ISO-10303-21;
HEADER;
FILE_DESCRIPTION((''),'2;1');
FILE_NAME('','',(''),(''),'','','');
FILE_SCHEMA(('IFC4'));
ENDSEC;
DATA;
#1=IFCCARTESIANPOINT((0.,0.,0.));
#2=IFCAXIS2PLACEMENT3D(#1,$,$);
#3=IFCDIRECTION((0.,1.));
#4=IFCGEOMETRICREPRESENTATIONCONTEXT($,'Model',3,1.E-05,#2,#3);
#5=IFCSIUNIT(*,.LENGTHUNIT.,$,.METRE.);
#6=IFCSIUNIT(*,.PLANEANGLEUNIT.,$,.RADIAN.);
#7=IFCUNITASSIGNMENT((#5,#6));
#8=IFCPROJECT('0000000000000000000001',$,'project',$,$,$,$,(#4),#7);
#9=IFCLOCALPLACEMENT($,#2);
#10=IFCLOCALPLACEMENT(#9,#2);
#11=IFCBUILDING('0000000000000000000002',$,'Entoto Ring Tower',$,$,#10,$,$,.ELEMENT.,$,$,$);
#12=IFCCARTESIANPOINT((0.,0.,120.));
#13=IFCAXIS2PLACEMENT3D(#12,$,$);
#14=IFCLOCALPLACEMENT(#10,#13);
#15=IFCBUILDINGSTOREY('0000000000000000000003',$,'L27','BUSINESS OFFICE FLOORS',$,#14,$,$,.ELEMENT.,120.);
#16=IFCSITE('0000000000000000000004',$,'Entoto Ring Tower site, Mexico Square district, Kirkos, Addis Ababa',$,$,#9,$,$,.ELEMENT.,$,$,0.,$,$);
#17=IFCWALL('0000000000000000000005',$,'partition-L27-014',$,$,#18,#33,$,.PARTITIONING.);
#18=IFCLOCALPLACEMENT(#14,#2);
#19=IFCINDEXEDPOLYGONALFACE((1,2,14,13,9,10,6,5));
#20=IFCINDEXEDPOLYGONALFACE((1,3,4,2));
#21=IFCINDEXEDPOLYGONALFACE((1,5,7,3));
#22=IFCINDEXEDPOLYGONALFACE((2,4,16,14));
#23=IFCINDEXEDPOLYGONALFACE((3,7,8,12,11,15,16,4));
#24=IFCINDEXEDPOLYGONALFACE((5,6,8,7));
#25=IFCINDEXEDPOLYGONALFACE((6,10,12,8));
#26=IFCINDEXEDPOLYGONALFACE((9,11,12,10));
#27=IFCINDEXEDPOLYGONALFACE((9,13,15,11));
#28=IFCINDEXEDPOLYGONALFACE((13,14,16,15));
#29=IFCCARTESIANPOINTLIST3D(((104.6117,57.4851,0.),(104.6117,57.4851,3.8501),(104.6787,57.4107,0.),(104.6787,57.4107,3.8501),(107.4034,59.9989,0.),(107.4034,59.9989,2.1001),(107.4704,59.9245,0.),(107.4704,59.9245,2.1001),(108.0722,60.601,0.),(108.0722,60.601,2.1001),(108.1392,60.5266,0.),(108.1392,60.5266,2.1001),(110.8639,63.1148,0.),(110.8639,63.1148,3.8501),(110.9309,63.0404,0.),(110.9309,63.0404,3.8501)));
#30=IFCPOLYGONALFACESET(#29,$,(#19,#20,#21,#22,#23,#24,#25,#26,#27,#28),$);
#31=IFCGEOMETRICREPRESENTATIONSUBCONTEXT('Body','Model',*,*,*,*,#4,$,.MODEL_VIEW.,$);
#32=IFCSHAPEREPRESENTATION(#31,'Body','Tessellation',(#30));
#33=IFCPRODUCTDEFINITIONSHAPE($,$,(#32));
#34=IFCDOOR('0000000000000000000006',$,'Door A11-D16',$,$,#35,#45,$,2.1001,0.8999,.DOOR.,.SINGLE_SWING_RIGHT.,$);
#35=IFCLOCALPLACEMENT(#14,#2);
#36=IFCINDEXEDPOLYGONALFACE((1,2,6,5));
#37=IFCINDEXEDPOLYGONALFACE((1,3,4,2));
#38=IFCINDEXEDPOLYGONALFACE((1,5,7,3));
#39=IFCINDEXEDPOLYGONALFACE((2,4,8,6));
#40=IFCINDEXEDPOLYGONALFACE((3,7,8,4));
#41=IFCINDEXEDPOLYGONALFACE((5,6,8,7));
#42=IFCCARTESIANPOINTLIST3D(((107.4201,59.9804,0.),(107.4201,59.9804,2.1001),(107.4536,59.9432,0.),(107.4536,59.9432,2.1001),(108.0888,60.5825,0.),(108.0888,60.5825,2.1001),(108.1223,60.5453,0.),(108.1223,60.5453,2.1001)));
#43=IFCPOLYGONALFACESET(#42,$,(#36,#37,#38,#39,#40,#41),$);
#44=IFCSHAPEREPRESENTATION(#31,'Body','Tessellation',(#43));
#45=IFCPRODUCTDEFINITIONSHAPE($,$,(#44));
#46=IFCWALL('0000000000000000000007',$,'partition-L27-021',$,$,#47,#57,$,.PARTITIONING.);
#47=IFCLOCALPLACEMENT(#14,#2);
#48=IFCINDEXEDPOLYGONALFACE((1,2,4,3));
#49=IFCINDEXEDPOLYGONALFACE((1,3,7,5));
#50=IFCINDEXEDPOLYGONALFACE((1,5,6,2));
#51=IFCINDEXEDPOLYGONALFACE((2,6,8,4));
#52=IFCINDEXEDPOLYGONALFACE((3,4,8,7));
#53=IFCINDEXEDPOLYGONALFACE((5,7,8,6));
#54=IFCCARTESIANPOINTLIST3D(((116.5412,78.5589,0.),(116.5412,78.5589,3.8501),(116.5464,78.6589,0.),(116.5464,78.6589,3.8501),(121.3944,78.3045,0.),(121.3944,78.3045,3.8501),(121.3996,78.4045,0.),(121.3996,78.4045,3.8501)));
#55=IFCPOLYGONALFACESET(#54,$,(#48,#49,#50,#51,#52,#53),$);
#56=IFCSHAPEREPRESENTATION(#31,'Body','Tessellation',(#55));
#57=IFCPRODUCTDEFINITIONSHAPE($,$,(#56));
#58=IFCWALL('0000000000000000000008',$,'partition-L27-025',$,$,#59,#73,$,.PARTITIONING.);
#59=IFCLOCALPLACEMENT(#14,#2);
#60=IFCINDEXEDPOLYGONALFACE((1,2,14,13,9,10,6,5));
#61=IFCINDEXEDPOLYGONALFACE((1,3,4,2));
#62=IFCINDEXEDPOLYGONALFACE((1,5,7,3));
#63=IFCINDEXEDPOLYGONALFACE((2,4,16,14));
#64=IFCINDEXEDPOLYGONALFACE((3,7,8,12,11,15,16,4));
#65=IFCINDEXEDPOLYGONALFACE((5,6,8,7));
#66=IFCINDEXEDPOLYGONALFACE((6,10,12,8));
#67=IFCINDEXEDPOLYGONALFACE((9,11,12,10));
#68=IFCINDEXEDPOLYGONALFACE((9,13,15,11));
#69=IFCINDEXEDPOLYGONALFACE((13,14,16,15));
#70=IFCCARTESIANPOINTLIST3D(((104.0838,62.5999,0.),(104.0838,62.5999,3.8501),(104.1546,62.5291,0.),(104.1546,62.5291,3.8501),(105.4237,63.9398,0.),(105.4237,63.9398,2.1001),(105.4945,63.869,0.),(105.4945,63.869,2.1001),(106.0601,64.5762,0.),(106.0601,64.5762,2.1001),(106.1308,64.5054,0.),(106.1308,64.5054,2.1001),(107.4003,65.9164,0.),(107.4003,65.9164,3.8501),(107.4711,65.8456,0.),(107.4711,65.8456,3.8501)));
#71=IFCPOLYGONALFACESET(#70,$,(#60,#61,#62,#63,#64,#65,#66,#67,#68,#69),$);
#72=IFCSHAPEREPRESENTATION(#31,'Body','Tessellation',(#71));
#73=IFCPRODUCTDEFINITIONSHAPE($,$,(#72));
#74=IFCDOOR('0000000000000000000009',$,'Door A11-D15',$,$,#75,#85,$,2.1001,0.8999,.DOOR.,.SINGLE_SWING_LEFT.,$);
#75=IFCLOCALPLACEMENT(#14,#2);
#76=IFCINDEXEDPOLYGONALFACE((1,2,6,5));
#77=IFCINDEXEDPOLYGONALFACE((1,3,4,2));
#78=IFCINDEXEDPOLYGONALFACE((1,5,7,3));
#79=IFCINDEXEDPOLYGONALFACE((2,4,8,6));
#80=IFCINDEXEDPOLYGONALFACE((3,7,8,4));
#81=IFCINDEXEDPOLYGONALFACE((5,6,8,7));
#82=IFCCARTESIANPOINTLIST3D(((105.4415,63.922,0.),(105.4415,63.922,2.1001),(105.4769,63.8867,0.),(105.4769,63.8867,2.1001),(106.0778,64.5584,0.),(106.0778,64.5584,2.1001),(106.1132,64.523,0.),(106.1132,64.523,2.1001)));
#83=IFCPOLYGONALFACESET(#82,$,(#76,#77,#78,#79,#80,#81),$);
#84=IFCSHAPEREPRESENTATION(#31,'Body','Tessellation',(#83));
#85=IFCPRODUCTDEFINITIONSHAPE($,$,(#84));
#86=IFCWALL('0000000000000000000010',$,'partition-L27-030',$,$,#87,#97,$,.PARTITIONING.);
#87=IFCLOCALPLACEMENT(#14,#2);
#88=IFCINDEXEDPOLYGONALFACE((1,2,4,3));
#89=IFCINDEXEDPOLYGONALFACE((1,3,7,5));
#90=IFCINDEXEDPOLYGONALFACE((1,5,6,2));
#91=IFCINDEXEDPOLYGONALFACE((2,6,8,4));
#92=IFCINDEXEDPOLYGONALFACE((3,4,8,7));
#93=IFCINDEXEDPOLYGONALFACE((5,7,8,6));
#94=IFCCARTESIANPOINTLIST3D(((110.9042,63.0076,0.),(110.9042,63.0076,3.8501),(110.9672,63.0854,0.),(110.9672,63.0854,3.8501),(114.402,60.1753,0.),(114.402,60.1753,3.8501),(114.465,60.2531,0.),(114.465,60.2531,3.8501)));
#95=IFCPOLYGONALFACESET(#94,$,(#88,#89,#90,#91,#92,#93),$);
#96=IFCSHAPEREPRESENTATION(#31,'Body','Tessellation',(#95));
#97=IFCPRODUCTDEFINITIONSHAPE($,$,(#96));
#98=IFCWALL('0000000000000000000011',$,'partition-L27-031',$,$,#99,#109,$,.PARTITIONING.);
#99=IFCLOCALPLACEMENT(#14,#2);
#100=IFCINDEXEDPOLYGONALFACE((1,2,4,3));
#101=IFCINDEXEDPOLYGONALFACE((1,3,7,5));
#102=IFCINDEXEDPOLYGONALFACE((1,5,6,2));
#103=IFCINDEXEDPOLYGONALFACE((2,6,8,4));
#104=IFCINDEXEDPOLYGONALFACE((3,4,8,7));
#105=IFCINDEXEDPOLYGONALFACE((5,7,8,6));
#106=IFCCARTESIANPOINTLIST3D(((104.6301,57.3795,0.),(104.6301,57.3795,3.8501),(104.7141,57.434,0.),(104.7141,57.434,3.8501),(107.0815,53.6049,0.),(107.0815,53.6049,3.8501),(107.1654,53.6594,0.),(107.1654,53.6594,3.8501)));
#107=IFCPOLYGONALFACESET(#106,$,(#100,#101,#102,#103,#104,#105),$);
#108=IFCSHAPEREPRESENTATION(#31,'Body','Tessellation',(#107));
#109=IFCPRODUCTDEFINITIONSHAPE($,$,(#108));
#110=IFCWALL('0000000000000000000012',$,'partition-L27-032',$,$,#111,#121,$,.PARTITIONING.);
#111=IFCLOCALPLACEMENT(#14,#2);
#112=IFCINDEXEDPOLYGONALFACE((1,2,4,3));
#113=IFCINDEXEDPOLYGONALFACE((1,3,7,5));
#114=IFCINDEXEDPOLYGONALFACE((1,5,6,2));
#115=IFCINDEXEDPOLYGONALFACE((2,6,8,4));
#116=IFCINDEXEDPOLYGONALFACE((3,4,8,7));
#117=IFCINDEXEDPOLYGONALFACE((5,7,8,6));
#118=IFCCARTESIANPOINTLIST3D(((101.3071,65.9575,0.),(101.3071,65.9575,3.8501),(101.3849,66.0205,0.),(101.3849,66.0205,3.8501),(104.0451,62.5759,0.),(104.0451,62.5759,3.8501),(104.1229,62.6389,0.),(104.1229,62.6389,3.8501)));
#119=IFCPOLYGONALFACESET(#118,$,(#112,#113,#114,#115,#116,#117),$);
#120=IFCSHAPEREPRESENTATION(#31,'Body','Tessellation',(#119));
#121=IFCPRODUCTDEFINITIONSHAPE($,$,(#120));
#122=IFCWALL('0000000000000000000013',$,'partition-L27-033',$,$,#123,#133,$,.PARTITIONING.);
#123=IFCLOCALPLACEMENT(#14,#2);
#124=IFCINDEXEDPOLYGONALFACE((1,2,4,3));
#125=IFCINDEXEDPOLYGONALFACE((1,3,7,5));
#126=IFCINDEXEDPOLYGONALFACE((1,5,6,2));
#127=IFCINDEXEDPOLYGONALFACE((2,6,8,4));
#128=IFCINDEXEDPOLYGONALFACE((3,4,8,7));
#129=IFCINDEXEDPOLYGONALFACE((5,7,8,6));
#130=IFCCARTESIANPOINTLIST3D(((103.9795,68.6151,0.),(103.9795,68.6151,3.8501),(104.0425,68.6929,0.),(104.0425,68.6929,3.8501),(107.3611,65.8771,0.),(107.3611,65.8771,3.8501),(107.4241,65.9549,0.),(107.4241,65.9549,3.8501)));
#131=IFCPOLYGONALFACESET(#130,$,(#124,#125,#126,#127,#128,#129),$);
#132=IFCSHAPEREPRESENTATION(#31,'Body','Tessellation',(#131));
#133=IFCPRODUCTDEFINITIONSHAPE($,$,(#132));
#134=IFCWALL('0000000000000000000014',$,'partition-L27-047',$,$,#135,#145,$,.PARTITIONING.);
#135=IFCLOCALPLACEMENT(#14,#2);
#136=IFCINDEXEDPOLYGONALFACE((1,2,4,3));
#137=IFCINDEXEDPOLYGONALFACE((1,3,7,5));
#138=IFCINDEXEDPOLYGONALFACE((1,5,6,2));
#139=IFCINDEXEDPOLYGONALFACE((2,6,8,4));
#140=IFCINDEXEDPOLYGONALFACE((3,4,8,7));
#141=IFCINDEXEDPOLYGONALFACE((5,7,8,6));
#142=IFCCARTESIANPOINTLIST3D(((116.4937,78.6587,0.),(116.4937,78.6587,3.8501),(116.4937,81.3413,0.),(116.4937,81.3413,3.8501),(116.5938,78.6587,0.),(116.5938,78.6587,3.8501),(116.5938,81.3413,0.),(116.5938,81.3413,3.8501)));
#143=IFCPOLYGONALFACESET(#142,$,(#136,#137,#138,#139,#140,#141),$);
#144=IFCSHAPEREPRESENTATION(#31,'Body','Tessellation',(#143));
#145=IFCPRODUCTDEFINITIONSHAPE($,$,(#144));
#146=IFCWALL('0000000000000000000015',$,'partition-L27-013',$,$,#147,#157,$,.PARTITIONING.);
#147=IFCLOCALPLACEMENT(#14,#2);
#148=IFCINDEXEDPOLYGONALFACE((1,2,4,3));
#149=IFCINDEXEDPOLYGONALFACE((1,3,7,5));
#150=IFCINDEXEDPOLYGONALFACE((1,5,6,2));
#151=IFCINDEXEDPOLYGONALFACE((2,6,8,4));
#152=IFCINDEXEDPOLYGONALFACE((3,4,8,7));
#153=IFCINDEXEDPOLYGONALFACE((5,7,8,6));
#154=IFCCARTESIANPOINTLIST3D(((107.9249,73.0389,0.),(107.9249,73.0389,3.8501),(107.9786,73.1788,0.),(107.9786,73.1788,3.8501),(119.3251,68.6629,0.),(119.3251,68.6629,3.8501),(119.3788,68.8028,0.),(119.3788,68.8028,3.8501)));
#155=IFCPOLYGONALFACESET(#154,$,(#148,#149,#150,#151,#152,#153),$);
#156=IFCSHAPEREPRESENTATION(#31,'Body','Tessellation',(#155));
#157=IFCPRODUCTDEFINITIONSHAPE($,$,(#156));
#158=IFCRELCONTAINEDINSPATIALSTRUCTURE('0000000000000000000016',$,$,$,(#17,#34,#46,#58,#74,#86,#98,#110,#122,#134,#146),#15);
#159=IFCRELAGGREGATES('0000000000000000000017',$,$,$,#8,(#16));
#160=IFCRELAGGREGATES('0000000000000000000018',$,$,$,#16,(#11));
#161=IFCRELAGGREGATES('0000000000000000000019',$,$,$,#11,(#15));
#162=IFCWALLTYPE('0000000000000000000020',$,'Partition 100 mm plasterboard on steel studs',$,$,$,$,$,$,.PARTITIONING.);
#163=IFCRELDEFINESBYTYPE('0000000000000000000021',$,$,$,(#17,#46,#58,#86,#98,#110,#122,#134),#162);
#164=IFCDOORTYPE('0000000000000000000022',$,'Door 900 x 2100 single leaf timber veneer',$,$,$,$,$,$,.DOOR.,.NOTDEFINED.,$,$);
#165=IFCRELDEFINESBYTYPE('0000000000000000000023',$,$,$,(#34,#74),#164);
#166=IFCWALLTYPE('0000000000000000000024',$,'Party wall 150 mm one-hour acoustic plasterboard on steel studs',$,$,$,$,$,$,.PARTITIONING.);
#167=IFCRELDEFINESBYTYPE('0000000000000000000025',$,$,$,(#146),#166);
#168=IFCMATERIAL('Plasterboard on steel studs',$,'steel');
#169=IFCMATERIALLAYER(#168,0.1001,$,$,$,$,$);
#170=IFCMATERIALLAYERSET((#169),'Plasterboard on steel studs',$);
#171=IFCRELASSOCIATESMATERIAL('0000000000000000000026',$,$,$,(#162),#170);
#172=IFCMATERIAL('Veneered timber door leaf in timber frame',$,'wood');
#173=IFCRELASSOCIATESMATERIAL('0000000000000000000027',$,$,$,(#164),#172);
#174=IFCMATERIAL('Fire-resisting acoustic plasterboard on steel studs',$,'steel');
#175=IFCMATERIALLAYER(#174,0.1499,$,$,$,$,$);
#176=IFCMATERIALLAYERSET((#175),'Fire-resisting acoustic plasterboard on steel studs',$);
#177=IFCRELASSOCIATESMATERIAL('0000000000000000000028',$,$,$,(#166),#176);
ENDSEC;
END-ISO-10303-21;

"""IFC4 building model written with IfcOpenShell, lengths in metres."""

from ifc_helpers import new_model, si_unit, direction, frame, frame_2d, origin, place, context, subcontext, project, spatial, rectangle, extrude, material, layer, layer_set, type_object, element, fill, save


model = new_model("IFC4")

# Units and contexts
model_context = context("Model", 3, precision=1e-05, world=origin(), true_north=direction((0.0, 1.0)))
body_context = subcontext(model_context, "Body", "Model", "MODEL_VIEW")
ifc_project = project(units=[si_unit("LENGTHUNIT", "METRE"), si_unit("PLANEANGLEUNIT", "RADIAN")], contexts=[model_context])

# Site, building, storey
site_placement = place(None, origin())
site = spatial("IfcSite", under=ifc_project, at=site_placement, Name="Entoto Ring Tower site, Mexico Square district, Kirkos, Addis Ababa", CompositionType="ELEMENT", RefElevation=0.0)
building_placement = place(site_placement, origin())
building = spatial("IfcBuilding", under=site, at=building_placement, Name="Entoto Ring Tower", CompositionType="ELEMENT")
storey_placement = place(building_placement, frame((0.0, 0.0, 120.0)))
storey = spatial("IfcBuildingStorey", under=building, at=storey_placement, Name="L27", Description="BUSINESS OFFICE FLOORS", CompositionType="ELEMENT", Elevation=120.0)

# Wall, opening, door
ifc_material_1 = material(Name="Plasterboard on steel studs", Category="steel")
ifc_layer_1 = layer(ifc_material_1, 0.1001)
ifc_layer_set_1 = layer_set([ifc_layer_1], Name="Plasterboard on steel studs")
wall_type_1 = type_object("IfcWallType", Name="Partition 100 mm plasterboard on steel studs", PredefinedType="PARTITIONING", material=ifc_layer_set_1)
wall_1_placement = place(storey_placement, frame((104.6453, 57.448, 0.0), z_axis=(0.0, 0.0, 1.0), x_axis=(0.743137, 0.669139, 0.0)))
wall_1 = element("IfcWall", 1, at=wall_1_placement, inside=storey, type_object=wall_type_1, Name="partition-L27-014", PredefinedType="PARTITIONING", context=body_context, shape_type="SweptSolid", body=[
    extrude(rectangle(XDim=8.4133, YDim=0.1001, at=frame_2d((4.2065, 0.0))), origin(), (0.0, 0.0, 1.0), 3.8501),
])
opening_1_placement = place(wall_1_placement, frame((3.7566, 0.0, 0.0)))
opening_1 = element("IfcOpeningElement", 2, at=opening_1_placement, cuts=wall_1, PredefinedType="OPENING", context=body_context, shape_type="SweptSolid", body=[
    extrude(rectangle(XDim=0.8999, YDim=2.1001, at=frame_2d((0.45, 1.05))), frame((0.0, 0.0601, 0.0), z_axis=(0.0, -1.0, 0.0), x_axis=(1.0, 0.0, 0.0)), (0.0, 0.0, 1.0), 0.1201),
])
ifc_material_2 = material(Name="Veneered timber door leaf in timber frame", Category="wood")
door_type_1 = type_object("IfcDoorType", Name="Door 900 x 2100 single leaf timber veneer", OperationType="NOTDEFINED", PredefinedType="DOOR", material=ifc_material_2)
door_1_placement = place(opening_1_placement, frame((0.8999, 0.0, 0.0), z_axis=(0.0, 0.0, 1.0), x_axis=(-1.0, 0.0, 0.0)))
door_1 = element("IfcDoor", 3, at=door_1_placement, inside=storey, type_object=door_type_1, Name="Door A11-D16", OperationType="SINGLE_SWING_RIGHT", OverallHeight=2.1001, OverallWidth=0.8999, PredefinedType="DOOR", context=body_context, shape_type="SweptSolid", body=[
    extrude(rectangle(XDim=0.8999, YDim=2.1001, at=frame_2d((0.45, 1.05))), frame((0.0, 0.0249, 0.0), z_axis=(0.0, -1.0, 0.0), x_axis=(1.0, 0.0, 0.0)), (0.0, 0.0, 1.0), 0.05),
])
fill(opening_1, door_1)

# Wall
wall_2_placement = place(storey_placement, frame((121.397, 78.3545, 0.0), z_axis=(0.0, 0.0, 1.0), x_axis=(-0.998629, 0.052345, 0.0)))
element("IfcWall", 4, at=wall_2_placement, inside=storey, type_object=wall_type_1, Name="partition-L27-021", PredefinedType="PARTITIONING", context=body_context, shape_type="SweptSolid", body=[
    extrude(rectangle(XDim=4.8599, YDim=0.1001, at=frame_2d((2.4299, 0.0))), origin(), (0.0, 0.0, 1.0), 3.8501),
])

# Wall, opening, door
wall_3_placement = place(storey_placement, frame((104.1191, 62.5645, 0.0), z_axis=(0.0, 0.0, 1.0), x_axis=(0.707107, 0.707107, 0.0)))
wall_3 = element("IfcWall", 5, at=wall_3_placement, inside=storey, type_object=wall_type_1, Name="partition-L27-025", PredefinedType="PARTITIONING", context=body_context, shape_type="SweptSolid", body=[
    extrude(rectangle(XDim=4.6902, YDim=0.1001, at=frame_2d((2.3452, 0.0))), origin(), (0.0, 0.0, 1.0), 3.8501),
])
opening_2_placement = place(wall_3_placement, frame((1.895, 0.0, 0.0)))
opening_2 = element("IfcOpeningElement", 6, at=opening_2_placement, cuts=wall_3, PredefinedType="OPENING", context=body_context, shape_type="SweptSolid", body=[
    extrude(rectangle(XDim=0.8999, YDim=2.1001, at=frame_2d((0.45, 1.05))), frame((0.0, 0.0601, 0.0), z_axis=(0.0, -1.0, 0.0), x_axis=(1.0, 0.0, 0.0)), (0.0, 0.0, 1.0), 0.1201),
])
door_2_placement = place(opening_2_placement, origin())
door_2 = element("IfcDoor", 7, at=door_2_placement, inside=storey, type_object=door_type_1, Name="Door A11-D15", OperationType="SINGLE_SWING_LEFT", OverallHeight=2.1001, OverallWidth=0.8999, PredefinedType="DOOR", context=body_context, shape_type="SweptSolid", body=[
    extrude(rectangle(XDim=0.8999, YDim=2.1001, at=frame_2d((0.45, 1.05))), frame((0.0, 0.0249, 0.0), z_axis=(0.0, -1.0, 0.0), x_axis=(1.0, 0.0, 0.0)), (0.0, 0.0, 1.0), 0.05),
])
fill(opening_2, door_2)

# Walls
for number, where, z_axis, x_axis, name in (
    (8, (114.4336, 60.2141, 0.0), (0.0, 0.0, 1.0), (-0.777167, 0.629295, 0.0), "partition-L27-030"),
    (9, (107.1235, 53.6321, 0.0), (0.0, 0.0, 1.0), (-0.544658, 0.838658, 0.0), "partition-L27-031"),
):
    element("IfcWall", number, at=place(storey_placement, frame(where, z_axis=z_axis, x_axis=x_axis)), inside=storey, type_object=wall_type_1, Name=name, PredefinedType="PARTITIONING", context=body_context, shape_type="SweptSolid", body=[
        extrude(rectangle(XDim=4.5007, YDim=0.1001, at=frame_2d((2.2505, 0.0))), origin(), (0.0, 0.0, 1.0), 3.8501),
    ])
for number, where, z_axis, x_axis, name in (
    (10, (104.084, 62.6074, 0.0), (0.0, 0.0, 1.0), (-0.629276, 0.777182, 0.0), "partition-L27-032"),
    (11, (107.3926, 65.916, 0.0), (0.0, 0.0, 1.0), (-0.777182, 0.629276, 0.0), "partition-L27-033"),
):
    element("IfcWall", number, at=place(storey_placement, frame(where, z_axis=z_axis, x_axis=x_axis)), inside=storey, type_object=wall_type_1, Name=name, PredefinedType="PARTITIONING", context=body_context, shape_type="SweptSolid", body=[
        extrude(rectangle(XDim=4.3511, YDim=0.1001, at=frame_2d((2.1755, 0.0))), origin(), (0.0, 0.0, 1.0), 3.8501),
    ])
wall_4_placement = place(storey_placement, frame((116.5437, 78.6587, 0.0), z_axis=(0.0, 0.0, 1.0), x_axis=(0.0, 1.0, 0.0)))
element("IfcWall", 12, at=wall_4_placement, inside=storey, type_object=wall_type_1, Name="partition-L27-047", PredefinedType="PARTITIONING", context=body_context, shape_type="SweptSolid", body=[
    extrude(rectangle(XDim=2.6826, YDim=0.1001, at=frame_2d((1.3413, 0.0))), origin(), (0.0, 0.0, 1.0), 3.8501),
])
ifc_material_3 = material(Name="Fire-resisting acoustic plasterboard on steel studs", Category="steel")
ifc_layer_2 = layer(ifc_material_3, 0.1499)
ifc_layer_set_2 = layer_set([ifc_layer_2], Name="Fire-resisting acoustic plasterboard on steel studs")
wall_type_2 = type_object("IfcWallType", Name="Party wall 150 mm one-hour acoustic plasterboard on steel studs", PredefinedType="PARTITIONING", material=ifc_layer_set_2)
wall_5_placement = place(storey_placement, frame((119.3518, 68.7329, 0.0), z_axis=(0.0, 0.0, 1.0), x_axis=(-0.933584, 0.358359, 0.0)))
element("IfcWall", 13, at=wall_5_placement, inside=storey, type_object=wall_type_2, Name="partition-L27-013", PredefinedType="PARTITIONING", context=body_context, shape_type="SweptSolid", body=[
    extrude(rectangle(XDim=12.2112, YDim=0.1499, at=frame_2d((6.1055, 0.0))), origin(), (0.0, 0.0, 1.0), 3.8501),
])

save(model, "model.ifc")
